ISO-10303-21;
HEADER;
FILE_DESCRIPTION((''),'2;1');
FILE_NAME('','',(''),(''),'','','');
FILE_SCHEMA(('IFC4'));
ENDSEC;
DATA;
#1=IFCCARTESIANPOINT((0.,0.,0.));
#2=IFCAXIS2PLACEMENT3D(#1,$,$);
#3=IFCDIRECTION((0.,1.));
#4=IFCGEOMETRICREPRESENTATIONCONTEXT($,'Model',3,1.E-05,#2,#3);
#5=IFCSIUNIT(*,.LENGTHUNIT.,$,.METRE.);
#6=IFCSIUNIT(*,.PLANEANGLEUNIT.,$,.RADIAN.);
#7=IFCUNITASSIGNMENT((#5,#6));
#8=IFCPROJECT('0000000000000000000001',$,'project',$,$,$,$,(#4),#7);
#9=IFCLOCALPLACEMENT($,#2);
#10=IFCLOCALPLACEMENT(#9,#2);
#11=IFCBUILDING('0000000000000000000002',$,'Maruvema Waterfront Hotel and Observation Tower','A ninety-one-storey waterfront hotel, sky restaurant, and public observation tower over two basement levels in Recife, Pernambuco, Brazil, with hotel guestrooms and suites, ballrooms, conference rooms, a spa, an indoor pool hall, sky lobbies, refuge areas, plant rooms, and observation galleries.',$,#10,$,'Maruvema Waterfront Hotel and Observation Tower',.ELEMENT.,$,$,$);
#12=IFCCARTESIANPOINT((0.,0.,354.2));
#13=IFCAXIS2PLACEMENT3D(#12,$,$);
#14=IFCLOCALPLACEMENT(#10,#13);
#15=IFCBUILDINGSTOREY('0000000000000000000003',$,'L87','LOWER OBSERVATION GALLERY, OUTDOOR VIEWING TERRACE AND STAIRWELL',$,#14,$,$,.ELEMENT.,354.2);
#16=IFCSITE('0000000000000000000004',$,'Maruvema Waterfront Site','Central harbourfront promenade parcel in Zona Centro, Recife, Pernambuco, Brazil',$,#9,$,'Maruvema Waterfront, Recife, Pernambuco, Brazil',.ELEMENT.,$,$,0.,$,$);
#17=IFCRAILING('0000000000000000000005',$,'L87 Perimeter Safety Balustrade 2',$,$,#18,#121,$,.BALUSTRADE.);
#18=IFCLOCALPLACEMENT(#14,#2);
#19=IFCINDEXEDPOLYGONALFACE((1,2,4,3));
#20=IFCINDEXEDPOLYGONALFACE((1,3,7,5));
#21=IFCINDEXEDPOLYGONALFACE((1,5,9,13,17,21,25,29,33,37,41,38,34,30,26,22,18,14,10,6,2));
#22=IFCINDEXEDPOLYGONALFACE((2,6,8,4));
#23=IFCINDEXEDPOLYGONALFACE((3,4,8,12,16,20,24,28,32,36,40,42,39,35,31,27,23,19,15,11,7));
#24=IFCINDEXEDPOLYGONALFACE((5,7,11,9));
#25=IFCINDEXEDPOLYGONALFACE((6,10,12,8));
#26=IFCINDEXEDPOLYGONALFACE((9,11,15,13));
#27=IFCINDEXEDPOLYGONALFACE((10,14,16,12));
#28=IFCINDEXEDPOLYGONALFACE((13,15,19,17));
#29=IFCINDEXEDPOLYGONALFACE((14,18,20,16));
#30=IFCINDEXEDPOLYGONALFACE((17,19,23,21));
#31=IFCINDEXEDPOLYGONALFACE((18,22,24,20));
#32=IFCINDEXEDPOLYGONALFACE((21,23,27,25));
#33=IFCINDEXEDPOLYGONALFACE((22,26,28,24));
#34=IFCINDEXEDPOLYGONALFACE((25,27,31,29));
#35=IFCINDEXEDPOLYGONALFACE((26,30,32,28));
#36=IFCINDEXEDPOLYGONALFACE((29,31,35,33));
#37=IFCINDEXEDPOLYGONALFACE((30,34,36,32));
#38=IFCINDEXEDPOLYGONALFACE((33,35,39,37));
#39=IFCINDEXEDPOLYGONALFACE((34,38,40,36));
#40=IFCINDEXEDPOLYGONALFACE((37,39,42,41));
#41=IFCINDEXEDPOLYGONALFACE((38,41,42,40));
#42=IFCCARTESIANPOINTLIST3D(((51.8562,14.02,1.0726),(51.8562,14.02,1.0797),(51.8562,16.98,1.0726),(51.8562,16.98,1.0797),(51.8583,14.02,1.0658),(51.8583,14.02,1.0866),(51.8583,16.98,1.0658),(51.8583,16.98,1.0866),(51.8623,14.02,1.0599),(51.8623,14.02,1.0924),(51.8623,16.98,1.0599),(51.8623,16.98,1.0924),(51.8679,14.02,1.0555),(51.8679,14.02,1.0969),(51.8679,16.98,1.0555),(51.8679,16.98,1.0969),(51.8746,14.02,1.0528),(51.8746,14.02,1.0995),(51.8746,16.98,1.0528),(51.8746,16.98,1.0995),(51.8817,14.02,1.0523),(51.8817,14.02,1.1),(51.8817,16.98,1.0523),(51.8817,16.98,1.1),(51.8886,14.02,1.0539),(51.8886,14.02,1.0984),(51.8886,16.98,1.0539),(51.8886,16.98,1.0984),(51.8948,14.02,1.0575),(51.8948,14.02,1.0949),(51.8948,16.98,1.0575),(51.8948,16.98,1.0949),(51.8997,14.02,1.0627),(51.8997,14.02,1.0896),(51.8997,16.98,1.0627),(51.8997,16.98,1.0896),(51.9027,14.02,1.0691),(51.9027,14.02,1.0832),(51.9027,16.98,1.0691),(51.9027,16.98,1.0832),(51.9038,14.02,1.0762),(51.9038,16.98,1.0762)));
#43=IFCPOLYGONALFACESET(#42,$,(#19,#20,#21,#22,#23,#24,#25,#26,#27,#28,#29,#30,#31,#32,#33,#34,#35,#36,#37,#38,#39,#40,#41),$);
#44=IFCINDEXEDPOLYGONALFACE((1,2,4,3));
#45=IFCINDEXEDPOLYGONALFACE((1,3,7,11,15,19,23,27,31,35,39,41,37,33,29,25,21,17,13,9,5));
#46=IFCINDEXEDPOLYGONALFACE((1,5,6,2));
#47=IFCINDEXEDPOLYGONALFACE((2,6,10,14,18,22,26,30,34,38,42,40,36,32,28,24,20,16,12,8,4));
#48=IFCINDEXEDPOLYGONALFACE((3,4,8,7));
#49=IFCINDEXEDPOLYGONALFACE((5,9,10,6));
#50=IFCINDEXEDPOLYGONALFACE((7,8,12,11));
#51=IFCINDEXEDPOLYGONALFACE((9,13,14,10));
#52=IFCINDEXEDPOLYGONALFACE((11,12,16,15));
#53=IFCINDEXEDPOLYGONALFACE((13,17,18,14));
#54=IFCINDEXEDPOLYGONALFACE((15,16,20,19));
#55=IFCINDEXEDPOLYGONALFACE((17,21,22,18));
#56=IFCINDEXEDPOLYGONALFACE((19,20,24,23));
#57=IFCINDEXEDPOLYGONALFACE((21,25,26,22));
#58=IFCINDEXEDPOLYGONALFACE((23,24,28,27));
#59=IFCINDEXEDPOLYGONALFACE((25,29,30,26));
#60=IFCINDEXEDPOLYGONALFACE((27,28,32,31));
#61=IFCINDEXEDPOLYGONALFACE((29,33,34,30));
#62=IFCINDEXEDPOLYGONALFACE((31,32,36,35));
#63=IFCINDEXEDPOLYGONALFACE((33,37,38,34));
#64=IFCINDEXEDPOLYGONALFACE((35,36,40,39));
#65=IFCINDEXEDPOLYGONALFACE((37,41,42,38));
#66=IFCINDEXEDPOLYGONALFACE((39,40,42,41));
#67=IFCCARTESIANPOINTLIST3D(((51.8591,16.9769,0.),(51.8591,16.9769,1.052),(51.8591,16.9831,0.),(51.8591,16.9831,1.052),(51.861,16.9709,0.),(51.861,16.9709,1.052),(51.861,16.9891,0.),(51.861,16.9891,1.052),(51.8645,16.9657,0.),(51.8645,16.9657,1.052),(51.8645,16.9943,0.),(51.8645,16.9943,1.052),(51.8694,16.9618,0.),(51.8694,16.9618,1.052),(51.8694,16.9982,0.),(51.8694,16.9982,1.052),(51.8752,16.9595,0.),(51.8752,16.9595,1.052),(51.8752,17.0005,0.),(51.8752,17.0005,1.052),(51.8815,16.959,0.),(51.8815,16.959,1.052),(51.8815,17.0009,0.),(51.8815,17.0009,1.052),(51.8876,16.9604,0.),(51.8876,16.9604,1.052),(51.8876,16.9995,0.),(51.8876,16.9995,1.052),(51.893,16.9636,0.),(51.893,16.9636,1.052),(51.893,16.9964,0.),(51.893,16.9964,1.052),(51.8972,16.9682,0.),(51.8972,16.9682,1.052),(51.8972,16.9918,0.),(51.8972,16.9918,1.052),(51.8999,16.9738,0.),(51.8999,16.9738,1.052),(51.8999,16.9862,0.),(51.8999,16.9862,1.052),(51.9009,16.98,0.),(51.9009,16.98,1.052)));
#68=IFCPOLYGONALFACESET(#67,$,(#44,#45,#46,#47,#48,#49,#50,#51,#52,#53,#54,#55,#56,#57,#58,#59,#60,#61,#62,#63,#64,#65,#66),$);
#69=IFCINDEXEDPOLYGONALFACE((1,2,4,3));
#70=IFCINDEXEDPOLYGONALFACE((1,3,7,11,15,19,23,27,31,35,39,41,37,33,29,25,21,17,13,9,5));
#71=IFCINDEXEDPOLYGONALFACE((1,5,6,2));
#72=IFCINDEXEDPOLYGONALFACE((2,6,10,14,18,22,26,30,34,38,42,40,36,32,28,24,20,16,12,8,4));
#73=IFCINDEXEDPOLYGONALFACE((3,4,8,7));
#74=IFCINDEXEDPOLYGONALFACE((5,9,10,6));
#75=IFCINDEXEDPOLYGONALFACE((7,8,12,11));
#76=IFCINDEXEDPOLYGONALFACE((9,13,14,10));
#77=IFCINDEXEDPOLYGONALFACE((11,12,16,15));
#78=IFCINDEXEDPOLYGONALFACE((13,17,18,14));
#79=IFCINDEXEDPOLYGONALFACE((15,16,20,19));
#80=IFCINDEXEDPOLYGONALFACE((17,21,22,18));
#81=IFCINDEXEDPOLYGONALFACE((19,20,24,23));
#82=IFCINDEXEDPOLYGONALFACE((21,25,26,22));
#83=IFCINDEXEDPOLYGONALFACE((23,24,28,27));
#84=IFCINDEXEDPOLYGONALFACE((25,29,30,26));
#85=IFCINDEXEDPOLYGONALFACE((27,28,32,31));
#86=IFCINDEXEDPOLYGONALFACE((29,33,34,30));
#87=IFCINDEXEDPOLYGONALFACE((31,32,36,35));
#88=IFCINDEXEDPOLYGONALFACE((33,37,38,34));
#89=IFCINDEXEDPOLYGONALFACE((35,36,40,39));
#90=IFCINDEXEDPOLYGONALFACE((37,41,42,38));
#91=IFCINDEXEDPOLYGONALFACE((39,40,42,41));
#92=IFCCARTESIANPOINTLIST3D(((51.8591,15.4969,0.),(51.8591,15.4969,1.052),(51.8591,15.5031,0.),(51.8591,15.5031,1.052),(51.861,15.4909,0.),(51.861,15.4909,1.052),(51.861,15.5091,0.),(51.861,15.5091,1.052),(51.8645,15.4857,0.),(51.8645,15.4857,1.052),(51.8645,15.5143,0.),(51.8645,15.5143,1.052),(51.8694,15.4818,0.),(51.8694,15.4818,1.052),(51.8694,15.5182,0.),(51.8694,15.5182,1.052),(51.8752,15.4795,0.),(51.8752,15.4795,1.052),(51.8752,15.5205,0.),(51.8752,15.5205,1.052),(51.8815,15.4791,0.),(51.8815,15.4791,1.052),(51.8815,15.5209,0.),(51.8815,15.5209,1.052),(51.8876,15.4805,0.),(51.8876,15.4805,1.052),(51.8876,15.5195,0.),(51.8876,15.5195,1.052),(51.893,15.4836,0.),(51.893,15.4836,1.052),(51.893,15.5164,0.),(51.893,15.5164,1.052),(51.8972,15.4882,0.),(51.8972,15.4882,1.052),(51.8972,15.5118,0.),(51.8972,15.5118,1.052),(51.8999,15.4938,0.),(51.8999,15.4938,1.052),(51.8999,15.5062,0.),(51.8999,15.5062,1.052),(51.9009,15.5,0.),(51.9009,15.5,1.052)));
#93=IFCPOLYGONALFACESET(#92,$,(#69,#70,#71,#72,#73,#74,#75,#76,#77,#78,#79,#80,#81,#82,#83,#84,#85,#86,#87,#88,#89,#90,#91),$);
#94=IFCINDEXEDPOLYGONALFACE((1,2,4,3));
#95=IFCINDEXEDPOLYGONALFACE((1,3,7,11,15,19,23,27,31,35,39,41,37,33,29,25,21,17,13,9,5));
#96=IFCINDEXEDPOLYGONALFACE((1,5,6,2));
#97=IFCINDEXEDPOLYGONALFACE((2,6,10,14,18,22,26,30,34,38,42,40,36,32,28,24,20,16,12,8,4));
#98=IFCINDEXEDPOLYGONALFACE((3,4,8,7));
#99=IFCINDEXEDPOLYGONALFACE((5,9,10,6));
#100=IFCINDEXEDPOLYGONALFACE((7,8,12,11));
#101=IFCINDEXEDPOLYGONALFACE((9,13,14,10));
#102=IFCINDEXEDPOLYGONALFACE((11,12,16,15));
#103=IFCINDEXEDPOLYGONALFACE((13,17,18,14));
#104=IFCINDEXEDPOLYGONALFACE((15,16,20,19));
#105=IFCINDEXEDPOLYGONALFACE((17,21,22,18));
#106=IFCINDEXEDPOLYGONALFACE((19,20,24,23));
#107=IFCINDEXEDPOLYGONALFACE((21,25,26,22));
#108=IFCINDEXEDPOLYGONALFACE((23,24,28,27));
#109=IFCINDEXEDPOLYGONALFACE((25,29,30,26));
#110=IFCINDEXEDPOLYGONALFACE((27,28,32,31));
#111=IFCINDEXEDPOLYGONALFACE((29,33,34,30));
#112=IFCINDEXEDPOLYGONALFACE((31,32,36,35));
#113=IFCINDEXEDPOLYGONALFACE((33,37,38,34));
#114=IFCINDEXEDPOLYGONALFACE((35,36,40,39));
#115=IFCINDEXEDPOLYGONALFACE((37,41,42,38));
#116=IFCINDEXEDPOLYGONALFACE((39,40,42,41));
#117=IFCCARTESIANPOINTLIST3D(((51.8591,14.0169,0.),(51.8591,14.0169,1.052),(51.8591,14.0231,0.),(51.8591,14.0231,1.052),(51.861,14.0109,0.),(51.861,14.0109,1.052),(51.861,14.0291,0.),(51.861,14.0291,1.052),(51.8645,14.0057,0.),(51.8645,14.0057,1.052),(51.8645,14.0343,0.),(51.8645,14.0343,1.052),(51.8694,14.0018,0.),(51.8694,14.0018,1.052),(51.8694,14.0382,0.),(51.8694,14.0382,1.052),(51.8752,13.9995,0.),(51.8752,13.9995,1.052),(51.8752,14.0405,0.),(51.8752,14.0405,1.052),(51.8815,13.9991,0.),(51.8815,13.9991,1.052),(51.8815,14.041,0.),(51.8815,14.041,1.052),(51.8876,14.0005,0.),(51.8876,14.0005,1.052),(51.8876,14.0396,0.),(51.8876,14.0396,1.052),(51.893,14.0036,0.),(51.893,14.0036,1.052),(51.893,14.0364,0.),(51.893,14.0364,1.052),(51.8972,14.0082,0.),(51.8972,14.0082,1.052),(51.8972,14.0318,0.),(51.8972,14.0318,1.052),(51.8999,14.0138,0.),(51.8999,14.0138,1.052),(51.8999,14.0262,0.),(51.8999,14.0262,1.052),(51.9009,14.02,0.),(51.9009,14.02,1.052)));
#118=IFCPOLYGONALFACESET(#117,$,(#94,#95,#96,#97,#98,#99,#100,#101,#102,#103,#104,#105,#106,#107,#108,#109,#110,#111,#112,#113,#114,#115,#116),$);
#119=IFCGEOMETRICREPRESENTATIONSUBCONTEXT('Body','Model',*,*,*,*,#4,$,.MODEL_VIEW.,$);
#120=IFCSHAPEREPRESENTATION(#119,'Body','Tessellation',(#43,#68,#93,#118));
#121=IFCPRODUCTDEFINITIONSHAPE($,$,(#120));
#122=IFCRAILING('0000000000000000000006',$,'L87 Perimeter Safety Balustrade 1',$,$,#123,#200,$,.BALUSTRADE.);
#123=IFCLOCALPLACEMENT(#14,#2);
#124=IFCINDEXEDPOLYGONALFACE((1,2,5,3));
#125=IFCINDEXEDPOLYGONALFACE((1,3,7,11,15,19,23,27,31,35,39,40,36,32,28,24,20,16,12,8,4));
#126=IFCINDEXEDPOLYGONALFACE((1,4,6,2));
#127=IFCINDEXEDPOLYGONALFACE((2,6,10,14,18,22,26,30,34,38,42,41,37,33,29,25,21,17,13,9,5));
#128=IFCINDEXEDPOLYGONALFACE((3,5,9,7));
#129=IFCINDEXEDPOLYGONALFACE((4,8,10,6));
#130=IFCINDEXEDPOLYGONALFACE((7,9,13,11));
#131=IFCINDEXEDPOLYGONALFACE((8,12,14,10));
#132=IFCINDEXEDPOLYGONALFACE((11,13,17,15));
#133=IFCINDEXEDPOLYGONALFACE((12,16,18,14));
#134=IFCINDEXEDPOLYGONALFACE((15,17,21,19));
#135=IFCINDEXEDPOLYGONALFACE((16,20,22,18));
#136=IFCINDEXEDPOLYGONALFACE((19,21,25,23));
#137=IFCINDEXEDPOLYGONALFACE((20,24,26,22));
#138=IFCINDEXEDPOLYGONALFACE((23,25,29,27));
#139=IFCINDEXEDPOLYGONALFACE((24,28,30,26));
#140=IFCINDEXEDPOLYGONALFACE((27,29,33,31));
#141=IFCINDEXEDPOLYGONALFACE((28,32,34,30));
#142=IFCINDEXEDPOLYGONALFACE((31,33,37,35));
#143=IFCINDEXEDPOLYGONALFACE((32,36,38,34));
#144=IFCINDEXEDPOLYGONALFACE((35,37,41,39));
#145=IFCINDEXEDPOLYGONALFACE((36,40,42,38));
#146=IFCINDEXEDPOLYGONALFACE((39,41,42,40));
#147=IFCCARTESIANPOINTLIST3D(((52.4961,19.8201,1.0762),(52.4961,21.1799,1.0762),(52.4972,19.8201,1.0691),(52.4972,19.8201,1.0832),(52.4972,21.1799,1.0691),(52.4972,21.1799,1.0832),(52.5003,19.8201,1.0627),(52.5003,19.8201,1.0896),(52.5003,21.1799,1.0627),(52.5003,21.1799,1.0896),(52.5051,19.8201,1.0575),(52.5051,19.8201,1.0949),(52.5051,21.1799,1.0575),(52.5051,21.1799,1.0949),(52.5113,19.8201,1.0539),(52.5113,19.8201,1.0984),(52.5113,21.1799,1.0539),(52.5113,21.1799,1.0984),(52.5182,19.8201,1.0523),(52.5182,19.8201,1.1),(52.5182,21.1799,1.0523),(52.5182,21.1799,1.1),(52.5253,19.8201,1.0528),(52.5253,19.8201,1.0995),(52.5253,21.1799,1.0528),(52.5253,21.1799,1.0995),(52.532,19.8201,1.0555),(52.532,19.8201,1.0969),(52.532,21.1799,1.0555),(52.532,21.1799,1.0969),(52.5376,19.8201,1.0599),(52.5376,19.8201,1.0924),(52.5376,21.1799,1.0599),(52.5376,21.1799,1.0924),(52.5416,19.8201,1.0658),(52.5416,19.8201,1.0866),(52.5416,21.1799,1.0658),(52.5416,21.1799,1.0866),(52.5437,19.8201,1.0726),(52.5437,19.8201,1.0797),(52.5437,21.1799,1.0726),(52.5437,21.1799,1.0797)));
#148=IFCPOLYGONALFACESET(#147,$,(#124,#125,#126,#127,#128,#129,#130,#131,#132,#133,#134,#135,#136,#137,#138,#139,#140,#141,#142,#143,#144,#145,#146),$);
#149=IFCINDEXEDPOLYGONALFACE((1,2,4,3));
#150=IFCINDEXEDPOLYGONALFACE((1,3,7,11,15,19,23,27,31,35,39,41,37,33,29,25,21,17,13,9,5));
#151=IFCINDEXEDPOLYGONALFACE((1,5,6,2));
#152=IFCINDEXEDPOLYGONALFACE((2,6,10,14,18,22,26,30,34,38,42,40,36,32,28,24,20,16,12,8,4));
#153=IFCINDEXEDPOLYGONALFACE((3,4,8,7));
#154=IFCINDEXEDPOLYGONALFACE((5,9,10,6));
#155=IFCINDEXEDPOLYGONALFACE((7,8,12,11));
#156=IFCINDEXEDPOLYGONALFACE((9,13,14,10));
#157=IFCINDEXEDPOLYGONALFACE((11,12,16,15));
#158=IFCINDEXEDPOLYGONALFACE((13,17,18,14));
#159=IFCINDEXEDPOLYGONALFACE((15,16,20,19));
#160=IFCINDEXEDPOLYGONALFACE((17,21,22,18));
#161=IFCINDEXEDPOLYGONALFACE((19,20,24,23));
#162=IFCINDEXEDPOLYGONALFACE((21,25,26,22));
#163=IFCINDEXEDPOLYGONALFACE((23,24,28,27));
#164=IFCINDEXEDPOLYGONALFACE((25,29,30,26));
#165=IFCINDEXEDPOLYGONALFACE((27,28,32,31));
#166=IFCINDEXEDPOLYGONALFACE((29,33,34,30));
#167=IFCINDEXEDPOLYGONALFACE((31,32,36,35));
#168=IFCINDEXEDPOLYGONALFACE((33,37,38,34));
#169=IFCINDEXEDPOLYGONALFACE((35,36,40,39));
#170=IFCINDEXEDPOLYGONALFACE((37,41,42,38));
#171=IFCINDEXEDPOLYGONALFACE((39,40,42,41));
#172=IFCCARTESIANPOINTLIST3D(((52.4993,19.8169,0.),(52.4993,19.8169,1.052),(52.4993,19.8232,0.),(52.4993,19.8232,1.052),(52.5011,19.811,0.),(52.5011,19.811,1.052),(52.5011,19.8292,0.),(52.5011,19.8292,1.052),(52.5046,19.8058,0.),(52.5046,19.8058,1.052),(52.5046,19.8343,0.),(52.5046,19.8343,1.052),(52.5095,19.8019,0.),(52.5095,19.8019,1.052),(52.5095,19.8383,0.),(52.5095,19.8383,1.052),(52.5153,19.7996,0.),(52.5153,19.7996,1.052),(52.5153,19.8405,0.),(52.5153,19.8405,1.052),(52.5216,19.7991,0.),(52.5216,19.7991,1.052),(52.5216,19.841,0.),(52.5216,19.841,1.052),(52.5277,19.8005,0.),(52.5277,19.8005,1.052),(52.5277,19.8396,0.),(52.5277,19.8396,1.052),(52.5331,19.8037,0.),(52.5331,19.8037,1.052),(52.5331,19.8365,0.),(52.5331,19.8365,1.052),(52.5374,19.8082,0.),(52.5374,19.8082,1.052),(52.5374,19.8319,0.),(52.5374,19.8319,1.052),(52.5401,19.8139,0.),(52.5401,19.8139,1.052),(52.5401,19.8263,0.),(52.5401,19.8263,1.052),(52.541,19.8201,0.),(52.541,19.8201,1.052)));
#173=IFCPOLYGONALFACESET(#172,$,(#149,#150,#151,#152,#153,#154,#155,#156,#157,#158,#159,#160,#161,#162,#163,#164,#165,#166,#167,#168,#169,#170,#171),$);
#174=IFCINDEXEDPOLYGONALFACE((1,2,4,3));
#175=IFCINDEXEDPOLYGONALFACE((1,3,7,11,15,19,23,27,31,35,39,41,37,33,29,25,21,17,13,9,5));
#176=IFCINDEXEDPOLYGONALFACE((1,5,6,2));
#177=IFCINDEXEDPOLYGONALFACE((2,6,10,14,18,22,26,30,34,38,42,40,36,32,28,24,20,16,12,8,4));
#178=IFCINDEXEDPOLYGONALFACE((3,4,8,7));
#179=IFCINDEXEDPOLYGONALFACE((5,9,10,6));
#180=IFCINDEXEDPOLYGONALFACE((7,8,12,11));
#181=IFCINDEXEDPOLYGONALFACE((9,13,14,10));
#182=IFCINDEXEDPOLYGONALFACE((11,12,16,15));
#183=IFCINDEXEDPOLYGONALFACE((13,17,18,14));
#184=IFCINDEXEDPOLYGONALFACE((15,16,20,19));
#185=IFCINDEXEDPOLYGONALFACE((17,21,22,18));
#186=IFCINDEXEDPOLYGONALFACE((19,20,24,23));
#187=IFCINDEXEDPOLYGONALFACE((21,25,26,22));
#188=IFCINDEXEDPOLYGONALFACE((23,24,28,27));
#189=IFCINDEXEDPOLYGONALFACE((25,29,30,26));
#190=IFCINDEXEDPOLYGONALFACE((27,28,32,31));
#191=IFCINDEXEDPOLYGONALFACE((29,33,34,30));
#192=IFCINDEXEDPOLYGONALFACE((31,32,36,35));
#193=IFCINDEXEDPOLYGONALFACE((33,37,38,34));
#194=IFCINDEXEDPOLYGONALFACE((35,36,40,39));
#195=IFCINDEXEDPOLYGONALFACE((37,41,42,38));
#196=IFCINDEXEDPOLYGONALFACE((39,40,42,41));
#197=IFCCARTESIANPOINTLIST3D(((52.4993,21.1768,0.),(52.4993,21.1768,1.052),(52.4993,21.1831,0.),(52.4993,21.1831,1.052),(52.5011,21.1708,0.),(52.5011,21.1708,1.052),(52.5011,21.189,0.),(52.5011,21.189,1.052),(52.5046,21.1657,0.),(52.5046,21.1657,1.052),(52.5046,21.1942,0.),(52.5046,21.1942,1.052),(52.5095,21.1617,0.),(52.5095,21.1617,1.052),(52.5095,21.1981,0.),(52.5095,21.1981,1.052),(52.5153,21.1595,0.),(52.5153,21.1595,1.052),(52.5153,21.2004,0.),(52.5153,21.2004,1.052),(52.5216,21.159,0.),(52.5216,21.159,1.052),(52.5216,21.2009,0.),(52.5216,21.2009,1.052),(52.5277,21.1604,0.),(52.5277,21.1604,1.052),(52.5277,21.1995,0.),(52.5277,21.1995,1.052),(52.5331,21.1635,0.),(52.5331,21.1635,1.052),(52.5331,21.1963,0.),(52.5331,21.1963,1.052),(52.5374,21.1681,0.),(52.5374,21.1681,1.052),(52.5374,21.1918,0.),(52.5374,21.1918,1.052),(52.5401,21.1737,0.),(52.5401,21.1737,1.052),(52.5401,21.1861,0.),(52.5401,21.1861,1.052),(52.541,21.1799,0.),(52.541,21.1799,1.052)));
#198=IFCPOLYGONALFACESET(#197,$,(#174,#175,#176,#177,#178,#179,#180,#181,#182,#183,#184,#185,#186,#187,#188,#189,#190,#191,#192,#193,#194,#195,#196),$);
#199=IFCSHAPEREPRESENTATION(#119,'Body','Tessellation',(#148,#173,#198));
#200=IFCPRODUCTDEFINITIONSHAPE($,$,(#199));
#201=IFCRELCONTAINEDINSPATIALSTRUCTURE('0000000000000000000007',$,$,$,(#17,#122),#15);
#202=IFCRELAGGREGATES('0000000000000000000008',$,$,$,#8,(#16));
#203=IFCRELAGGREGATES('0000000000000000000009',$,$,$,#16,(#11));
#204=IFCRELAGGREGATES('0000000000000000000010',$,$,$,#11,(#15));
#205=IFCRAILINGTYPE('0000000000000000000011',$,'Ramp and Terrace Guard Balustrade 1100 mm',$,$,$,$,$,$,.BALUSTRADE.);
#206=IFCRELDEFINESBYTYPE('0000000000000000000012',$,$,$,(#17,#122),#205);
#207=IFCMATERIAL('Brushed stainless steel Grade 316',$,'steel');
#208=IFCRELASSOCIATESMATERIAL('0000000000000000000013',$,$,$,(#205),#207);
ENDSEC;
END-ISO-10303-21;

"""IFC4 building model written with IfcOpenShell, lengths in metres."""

from ifc_helpers import new_model, si_unit, direction, frame, origin, origin_2d, place, context, subcontext, project, spatial, circle, extrude, material, type_object, element, save


model = new_model("IFC4")

# Units and contexts
model_context = context("Model", 3, precision=1e-05, world=origin(), true_north=direction((0.0, 1.0)))
body_context = subcontext(model_context, "Body", "Model", "MODEL_VIEW")
ifc_project = project(units=[si_unit("LENGTHUNIT", "METRE"), si_unit("PLANEANGLEUNIT", "RADIAN")], contexts=[model_context])

# Site, building, storey
site_placement = place(None, origin())
site = spatial("IfcSite", under=ifc_project, at=site_placement, Name="Maruvema Waterfront Site", Description="Central harbourfront promenade parcel in Zona Centro, Recife, Pernambuco, Brazil", LongName="Maruvema Waterfront, Recife, Pernambuco, Brazil", CompositionType="ELEMENT", RefElevation=0.0)
building_placement = place(site_placement, origin())
building = spatial("IfcBuilding", under=site, at=building_placement, Name="Maruvema Waterfront Hotel and Observation Tower", Description="A ninety-one-storey waterfront hotel, sky restaurant, and public observation tower over two basement levels in Recife, Pernambuco, Brazil, with hotel guestrooms and suites, ballrooms, conference rooms, a spa, an indoor pool hall, sky lobbies, refuge areas, plant rooms, and observation galleries.", LongName="Maruvema Waterfront Hotel and Observation Tower", CompositionType="ELEMENT")
storey_placement = place(building_placement, frame((0.0, 0.0, 354.2)))
storey = spatial("IfcBuildingStorey", under=building, at=storey_placement, Name="L87", Description="LOWER OBSERVATION GALLERY, OUTDOOR VIEWING TERRACE AND STAIRWELL", CompositionType="ELEMENT", Elevation=354.2)

# Railings
ifc_material_1 = material(Name="Brushed stainless steel Grade 316", Category="steel")
railing_type = type_object("IfcRailingType", Name="Ramp and Terrace Guard Balustrade 1100 mm", PredefinedType="BALUSTRADE", material=ifc_material_1)
railing_1_placement = place(storey_placement, frame((51.8799, 16.98, 0.0)))
element("IfcRailing", 1, at=railing_1_placement, inside=storey, type_object=railing_type, Name="L87 Perimeter Safety Balustrade 2", PredefinedType="BALUSTRADE", context=body_context, shape_type="SweptSolid", body=[
    extrude(circle(Radius=0.0239, at=origin_2d()), frame((0.0, 0.0, 1.0762), z_axis=(0.0, -1.0, 0.0), x_axis=(1.0, 0.0, 0.0)), (0.0, 0.0, 1.0), 2.96),
    extrude(circle(Radius=0.021, at=origin_2d()), origin(), (0.0, 0.0, 1.0), 1.052),
    extrude(circle(Radius=0.021, at=origin_2d()), frame((0.0, -1.48, 0.0)), (0.0, 0.0, 1.0), 1.052),
    extrude(circle(Radius=0.021, at=origin_2d()), frame((0.0, -2.96, 0.0)), (0.0, 0.0, 1.0), 1.052),
])
railing_2_placement = place(storey_placement, frame((52.52, 19.8201, 0.0)))
element("IfcRailing", 2, at=railing_2_placement, inside=storey, type_object=railing_type, Name="L87 Perimeter Safety Balustrade 1", PredefinedType="BALUSTRADE", context=body_context, shape_type="SweptSolid", body=[
    extrude(circle(Radius=0.0239, at=origin_2d()), frame((0.0, 0.0, 1.0762), z_axis=(0.0, 1.0, 0.0), x_axis=(-1.0, 0.0, 0.0)), (0.0, 0.0, 1.0), 1.3599),
    extrude(circle(Radius=0.021, at=origin_2d()), origin(), (0.0, 0.0, 1.0), 1.052),
    extrude(circle(Radius=0.021, at=origin_2d()), frame((0.0, 1.3599, 0.0)), (0.0, 0.0, 1.0), 1.052),
])

save(model, "model.ifc")
